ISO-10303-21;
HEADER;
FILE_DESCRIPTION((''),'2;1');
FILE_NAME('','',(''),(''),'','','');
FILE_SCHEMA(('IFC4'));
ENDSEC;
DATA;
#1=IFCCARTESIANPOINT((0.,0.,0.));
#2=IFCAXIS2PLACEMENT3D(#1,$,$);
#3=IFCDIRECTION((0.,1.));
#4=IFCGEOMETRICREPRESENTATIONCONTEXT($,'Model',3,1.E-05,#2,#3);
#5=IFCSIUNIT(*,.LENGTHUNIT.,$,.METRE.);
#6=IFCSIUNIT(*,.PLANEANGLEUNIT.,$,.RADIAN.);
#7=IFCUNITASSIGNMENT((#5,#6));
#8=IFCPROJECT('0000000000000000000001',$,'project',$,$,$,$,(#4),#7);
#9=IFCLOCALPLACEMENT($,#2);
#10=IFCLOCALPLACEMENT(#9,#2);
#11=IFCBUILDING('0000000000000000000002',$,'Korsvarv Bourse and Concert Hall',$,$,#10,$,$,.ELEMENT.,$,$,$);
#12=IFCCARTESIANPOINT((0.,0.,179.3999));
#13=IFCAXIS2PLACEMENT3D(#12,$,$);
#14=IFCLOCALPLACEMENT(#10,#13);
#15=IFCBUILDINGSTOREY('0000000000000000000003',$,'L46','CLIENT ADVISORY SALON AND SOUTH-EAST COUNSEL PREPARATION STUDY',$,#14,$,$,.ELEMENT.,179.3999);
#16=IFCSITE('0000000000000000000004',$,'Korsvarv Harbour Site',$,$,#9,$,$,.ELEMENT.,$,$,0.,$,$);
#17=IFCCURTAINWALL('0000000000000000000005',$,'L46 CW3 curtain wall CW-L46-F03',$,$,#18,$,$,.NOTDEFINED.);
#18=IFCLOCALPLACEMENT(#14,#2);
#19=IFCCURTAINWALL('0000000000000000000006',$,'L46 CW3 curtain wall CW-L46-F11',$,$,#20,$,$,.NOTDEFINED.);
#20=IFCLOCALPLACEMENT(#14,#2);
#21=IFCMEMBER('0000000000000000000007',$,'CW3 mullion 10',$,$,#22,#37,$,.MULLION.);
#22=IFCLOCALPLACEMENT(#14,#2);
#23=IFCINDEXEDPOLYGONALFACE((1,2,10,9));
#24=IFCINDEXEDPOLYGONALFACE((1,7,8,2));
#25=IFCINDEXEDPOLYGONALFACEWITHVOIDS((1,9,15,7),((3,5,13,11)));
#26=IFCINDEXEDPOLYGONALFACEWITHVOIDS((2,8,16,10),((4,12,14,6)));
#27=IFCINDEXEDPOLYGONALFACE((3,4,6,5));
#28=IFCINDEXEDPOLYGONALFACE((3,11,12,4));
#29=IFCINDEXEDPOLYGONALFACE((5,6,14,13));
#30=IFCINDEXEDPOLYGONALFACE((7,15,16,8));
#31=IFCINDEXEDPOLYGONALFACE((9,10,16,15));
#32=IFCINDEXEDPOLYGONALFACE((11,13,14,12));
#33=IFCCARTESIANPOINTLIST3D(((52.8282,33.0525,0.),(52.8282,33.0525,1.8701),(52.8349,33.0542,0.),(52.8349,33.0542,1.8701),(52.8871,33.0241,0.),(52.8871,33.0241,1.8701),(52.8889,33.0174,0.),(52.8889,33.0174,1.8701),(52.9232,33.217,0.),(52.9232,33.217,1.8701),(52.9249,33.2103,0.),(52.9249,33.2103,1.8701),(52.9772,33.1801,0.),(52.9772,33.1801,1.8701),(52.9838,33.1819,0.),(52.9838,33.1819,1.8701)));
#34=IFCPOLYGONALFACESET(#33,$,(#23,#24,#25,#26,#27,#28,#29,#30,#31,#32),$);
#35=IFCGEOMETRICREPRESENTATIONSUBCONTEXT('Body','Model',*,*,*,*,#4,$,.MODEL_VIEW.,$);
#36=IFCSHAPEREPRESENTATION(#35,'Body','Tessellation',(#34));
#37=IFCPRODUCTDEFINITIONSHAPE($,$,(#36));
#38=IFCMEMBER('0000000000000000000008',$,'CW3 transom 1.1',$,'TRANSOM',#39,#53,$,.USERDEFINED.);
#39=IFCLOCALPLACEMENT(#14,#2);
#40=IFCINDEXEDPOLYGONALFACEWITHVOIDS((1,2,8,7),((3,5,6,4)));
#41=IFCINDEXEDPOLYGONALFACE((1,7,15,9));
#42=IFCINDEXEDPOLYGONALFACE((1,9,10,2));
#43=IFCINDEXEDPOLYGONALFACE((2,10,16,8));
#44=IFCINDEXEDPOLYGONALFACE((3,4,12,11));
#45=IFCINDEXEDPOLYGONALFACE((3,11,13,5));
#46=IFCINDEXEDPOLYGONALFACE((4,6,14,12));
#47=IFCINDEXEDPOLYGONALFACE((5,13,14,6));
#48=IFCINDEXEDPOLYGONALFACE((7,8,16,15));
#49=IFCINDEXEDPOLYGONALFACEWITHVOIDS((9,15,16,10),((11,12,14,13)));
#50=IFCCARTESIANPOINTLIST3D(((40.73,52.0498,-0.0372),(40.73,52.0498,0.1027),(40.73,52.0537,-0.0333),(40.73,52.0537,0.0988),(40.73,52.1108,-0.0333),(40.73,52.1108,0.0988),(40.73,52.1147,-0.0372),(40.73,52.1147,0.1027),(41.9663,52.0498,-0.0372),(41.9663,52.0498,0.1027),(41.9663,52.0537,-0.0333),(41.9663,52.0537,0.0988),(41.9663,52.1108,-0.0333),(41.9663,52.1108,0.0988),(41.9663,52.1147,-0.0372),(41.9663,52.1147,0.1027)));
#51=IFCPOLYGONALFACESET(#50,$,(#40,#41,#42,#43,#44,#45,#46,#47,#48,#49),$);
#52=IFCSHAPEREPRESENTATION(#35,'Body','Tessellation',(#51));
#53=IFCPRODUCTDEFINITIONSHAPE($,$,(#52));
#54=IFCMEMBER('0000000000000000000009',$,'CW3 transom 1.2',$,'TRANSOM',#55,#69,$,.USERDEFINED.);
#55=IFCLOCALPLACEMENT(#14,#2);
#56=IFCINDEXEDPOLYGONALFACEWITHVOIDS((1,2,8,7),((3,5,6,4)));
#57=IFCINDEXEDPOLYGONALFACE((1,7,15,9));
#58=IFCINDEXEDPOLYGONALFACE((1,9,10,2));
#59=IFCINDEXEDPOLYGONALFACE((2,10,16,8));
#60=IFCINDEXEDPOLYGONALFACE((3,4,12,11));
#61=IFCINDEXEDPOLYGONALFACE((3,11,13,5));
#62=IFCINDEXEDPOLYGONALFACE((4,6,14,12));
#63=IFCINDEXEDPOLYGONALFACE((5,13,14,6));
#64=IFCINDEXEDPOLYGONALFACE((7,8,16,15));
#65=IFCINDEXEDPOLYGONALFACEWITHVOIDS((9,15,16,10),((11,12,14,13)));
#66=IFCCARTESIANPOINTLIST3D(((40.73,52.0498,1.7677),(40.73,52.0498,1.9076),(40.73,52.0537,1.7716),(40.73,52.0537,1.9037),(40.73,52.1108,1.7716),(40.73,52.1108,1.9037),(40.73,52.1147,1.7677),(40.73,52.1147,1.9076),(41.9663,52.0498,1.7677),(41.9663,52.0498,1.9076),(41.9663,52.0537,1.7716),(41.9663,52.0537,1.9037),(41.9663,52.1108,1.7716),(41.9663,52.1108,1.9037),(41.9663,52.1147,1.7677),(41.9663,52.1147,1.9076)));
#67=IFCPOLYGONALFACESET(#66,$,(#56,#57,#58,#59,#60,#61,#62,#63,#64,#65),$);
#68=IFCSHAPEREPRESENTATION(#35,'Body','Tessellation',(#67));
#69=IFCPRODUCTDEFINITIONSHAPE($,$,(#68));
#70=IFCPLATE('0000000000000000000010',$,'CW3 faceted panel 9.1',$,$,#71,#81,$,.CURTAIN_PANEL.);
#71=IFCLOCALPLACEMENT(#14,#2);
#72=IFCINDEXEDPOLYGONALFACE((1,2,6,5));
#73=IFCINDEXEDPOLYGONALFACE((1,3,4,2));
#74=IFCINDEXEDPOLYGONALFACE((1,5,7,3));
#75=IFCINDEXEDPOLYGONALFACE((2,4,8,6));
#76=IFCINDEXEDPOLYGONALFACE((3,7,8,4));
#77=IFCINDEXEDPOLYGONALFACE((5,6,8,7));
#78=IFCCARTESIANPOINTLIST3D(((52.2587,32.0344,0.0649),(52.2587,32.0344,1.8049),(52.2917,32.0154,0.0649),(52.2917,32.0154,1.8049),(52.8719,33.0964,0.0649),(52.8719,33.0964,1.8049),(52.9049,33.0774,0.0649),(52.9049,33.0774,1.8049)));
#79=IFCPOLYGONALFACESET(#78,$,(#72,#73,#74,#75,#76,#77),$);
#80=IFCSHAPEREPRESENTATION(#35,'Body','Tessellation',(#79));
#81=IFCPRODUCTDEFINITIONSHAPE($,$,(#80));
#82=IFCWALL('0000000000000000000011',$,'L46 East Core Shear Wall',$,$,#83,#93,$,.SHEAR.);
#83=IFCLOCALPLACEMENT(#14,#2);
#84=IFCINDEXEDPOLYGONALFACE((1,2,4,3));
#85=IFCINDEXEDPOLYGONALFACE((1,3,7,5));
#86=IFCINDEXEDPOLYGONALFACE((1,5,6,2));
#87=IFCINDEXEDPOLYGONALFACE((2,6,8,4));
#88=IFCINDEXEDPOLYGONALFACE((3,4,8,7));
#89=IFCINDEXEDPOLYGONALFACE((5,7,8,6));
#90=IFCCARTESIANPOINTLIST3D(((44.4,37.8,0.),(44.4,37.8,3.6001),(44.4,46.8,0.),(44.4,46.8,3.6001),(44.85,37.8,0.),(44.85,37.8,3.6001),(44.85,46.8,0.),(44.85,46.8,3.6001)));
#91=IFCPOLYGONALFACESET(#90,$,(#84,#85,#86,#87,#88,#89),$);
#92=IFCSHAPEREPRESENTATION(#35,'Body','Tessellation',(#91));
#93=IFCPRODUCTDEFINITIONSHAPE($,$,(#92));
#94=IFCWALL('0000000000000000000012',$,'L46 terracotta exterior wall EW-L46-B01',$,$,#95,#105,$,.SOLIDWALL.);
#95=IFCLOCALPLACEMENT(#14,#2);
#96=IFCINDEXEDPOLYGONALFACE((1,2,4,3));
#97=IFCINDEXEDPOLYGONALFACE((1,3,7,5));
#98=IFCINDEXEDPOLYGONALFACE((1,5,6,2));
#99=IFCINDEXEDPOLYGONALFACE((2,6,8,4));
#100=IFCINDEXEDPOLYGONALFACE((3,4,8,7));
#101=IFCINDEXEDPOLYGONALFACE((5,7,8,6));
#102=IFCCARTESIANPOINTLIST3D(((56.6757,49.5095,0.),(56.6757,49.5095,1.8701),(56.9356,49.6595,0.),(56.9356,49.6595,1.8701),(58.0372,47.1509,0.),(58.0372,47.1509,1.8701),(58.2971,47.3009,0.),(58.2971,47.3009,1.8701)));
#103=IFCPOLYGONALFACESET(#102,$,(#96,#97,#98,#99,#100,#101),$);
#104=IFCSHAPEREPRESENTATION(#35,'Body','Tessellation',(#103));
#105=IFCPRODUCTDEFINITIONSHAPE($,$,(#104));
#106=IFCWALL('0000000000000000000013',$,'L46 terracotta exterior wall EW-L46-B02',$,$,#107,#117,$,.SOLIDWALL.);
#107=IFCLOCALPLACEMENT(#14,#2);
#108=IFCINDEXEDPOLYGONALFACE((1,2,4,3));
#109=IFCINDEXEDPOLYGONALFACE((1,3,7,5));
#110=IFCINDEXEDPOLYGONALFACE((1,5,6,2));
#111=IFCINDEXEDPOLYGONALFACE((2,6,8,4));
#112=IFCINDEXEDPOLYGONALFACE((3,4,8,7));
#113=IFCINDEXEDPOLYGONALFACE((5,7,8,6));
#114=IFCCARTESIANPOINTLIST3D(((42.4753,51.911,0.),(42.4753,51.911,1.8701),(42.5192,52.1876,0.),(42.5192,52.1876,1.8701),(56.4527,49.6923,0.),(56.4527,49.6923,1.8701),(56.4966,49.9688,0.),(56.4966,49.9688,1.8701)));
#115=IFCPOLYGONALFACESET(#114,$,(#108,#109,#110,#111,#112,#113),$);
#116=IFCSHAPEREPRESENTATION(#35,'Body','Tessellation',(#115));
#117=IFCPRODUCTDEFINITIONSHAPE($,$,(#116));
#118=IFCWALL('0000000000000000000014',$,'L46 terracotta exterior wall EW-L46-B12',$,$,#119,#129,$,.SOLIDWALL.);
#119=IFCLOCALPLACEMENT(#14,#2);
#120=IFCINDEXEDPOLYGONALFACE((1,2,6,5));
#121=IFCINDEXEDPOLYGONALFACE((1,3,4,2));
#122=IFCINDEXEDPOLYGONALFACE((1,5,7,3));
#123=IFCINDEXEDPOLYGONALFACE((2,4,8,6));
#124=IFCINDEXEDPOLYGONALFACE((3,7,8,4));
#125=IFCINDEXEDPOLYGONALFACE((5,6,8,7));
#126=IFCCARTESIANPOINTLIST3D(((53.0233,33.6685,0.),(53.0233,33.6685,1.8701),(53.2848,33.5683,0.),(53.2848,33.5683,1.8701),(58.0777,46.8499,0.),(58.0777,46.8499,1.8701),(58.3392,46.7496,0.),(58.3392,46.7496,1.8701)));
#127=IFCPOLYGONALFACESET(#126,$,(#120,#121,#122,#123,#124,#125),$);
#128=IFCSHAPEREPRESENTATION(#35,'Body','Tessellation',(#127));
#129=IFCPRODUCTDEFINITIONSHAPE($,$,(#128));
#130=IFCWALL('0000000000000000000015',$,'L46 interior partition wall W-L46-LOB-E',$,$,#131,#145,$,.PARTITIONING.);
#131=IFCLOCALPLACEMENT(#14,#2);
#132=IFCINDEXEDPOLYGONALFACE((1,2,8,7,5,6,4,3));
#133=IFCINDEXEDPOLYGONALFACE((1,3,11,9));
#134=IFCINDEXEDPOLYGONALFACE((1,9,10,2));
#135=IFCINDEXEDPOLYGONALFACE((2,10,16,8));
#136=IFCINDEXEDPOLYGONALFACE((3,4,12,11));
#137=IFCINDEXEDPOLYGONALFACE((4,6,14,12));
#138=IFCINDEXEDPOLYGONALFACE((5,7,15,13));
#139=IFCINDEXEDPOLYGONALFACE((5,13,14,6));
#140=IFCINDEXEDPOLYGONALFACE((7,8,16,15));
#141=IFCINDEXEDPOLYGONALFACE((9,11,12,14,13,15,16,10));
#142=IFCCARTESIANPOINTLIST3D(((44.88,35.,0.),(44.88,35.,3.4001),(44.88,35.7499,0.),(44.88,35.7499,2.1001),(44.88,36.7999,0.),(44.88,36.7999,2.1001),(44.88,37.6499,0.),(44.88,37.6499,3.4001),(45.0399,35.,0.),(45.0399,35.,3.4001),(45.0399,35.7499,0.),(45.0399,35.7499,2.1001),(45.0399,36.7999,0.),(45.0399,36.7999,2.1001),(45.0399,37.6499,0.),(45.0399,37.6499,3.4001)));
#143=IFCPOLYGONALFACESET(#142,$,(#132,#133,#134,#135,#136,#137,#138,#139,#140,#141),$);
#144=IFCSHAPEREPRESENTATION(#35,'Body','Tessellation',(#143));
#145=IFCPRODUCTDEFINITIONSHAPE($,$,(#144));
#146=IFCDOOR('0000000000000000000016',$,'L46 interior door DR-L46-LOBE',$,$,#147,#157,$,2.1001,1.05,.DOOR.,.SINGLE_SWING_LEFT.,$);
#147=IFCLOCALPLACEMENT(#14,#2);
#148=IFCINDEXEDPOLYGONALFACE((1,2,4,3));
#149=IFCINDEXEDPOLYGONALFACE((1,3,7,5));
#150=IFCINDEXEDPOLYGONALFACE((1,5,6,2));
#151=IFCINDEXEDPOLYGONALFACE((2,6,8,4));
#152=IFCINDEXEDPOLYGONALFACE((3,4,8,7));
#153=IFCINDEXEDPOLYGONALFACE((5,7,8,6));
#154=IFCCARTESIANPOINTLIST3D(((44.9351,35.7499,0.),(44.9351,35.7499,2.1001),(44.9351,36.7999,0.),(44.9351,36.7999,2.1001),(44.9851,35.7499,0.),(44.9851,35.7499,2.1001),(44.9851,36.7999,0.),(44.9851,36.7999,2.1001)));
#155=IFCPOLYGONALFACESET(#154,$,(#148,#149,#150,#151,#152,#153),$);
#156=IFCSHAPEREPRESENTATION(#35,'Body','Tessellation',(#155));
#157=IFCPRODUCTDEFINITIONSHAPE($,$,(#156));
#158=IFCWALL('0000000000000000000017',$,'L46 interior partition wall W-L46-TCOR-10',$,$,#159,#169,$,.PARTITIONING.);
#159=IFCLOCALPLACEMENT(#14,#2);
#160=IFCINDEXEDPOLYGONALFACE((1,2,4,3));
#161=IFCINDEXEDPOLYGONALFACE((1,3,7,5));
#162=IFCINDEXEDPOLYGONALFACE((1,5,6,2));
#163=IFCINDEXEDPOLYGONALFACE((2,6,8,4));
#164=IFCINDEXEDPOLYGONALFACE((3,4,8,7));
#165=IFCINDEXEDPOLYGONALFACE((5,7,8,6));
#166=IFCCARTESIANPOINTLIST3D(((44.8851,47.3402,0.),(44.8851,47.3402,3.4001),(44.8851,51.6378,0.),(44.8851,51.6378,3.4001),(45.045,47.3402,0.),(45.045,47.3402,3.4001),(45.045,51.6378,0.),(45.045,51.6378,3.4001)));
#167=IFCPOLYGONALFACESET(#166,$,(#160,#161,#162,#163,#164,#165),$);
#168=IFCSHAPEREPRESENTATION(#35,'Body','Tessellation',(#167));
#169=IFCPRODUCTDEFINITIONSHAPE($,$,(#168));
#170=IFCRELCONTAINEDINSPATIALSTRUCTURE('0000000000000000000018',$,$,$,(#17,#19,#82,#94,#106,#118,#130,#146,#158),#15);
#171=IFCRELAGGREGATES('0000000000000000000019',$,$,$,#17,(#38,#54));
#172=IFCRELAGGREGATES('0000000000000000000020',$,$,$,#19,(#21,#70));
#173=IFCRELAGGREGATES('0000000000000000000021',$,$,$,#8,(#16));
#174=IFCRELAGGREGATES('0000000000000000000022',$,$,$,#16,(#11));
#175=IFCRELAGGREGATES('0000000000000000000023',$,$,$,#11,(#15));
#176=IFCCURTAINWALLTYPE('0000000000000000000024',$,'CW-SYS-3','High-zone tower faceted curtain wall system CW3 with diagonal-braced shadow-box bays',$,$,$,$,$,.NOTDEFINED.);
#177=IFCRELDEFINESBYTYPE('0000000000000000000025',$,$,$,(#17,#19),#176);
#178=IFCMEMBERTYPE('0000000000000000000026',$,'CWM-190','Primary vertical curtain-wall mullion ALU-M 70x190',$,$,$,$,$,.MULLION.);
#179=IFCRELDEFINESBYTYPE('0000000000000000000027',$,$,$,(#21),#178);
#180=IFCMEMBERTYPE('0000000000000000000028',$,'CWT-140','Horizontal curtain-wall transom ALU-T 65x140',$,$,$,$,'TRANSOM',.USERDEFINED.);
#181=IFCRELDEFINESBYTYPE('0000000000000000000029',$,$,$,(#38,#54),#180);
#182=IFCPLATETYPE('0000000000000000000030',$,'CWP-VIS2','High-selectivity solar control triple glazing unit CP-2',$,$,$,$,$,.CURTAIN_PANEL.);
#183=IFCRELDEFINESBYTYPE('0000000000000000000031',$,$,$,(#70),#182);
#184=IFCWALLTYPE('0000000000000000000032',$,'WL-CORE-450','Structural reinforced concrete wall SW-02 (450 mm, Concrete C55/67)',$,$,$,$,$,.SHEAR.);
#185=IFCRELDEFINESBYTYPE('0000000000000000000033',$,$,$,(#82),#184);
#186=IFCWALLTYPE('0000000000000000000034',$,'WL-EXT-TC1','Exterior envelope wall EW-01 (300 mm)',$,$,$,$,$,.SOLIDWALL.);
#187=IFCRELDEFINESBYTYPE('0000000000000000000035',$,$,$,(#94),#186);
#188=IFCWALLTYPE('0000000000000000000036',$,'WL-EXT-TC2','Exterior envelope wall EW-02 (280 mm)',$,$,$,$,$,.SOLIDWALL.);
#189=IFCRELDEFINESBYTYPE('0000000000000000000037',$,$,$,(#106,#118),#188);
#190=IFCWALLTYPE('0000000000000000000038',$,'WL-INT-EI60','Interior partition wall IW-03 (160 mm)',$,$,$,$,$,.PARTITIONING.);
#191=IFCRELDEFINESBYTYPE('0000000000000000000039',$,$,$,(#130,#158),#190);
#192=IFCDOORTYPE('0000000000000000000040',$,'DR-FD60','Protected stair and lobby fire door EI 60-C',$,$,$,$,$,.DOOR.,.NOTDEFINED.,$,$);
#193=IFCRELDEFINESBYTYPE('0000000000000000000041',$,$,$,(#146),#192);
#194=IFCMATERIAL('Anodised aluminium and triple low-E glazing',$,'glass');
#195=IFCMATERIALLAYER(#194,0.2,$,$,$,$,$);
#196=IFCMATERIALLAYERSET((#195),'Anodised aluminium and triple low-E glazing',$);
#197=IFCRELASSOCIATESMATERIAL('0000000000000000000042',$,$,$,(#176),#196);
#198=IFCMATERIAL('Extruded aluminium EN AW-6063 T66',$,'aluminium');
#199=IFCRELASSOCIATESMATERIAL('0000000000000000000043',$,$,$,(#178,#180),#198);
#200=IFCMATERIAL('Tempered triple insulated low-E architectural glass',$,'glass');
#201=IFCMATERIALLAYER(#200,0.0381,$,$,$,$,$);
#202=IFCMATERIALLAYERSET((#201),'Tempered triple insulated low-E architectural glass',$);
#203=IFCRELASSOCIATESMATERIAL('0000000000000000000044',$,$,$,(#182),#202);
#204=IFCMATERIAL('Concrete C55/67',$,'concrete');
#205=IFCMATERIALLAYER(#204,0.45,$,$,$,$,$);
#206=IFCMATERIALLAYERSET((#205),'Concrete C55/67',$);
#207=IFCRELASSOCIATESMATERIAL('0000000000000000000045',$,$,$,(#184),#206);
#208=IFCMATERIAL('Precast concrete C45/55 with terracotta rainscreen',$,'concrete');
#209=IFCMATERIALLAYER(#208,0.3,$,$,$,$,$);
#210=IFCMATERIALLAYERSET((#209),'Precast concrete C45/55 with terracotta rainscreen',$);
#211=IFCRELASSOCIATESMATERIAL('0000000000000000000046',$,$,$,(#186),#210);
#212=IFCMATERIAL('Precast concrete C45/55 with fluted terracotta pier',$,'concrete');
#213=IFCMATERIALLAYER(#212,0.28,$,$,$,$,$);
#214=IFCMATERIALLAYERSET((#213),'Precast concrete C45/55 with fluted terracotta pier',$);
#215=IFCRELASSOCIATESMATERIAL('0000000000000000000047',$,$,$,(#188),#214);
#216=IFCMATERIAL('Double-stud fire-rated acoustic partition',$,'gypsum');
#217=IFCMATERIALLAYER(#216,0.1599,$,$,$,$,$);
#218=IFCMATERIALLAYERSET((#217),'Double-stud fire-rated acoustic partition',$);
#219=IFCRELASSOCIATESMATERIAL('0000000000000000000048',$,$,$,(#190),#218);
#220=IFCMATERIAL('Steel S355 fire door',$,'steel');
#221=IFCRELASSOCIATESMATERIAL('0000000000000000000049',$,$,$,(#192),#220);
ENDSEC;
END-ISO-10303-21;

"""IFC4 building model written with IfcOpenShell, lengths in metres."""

from ifc_helpers import new_model, si_unit, direction, frame, frame_2d, origin, origin_2d, place, context, subcontext, project, spatial, rectangle, hollow_rectangle, extrude, source, transform, mapped, material, layer, layer_set, material_profile, profile_set, type_object, element, fill, aggregate, save


model = new_model("IFC4")

# Units and contexts
model_context = context("Model", 3, precision=1e-05, world=origin(), true_north=direction((0.0, 1.0)))
body_context = subcontext(model_context, "Body", "Model", "MODEL_VIEW")
ifc_project = project(units=[si_unit("LENGTHUNIT", "METRE"), si_unit("PLANEANGLEUNIT", "RADIAN")], contexts=[model_context])

# Site, building, storey
site_placement = place(None, origin())
site = spatial("IfcSite", under=ifc_project, at=site_placement, Name="Korsvarv Harbour Site", CompositionType="ELEMENT", RefElevation=0.0)
building_placement = place(site_placement, origin())
building = spatial("IfcBuilding", under=site, at=building_placement, Name="Korsvarv Bourse and Concert Hall", CompositionType="ELEMENT")
storey_placement = place(building_placement, frame((0.0, 0.0, 179.3999)))
storey = spatial("IfcBuildingStorey", under=building, at=storey_placement, Name="L46", Description="CLIENT ADVISORY SALON AND SOUTH-EAST COUNSEL PREPARATION STUDY", CompositionType="ELEMENT", Elevation=179.3999)

# Shared definitions
ifc_material_1 = material(Name="Concrete C55/67", Category="concrete")

# Curtain walls, member
ifc_material_2 = material(Name="Anodised aluminium and triple low-E glazing", Category="glass")
ifc_layer_1 = layer(ifc_material_2, 0.2)
ifc_layer_set_1 = layer_set([ifc_layer_1], Name="Anodised aluminium and triple low-E glazing")
curtain_wall_type = type_object("IfcCurtainWallType", Name="CW-SYS-3", Description="High-zone tower faceted curtain wall system CW3 with diagonal-braced shadow-box bays", PredefinedType="NOTDEFINED", material=ifc_layer_set_1)
curtain_wall_1_placement = place(storey_placement, origin())
curtain_wall_1 = element("IfcCurtainWall", 1, at=curtain_wall_1_placement, inside=storey, type_object=curtain_wall_type, Name="L46 CW3 curtain wall CW-L46-F03", PredefinedType="NOTDEFINED")
ifc_material_3 = material(Name="Extruded aluminium EN AW-6063 T66", Category="aluminium")
ifc_material_profile_1 = material_profile(ifc_material_3, hollow_rectangle(XDim=0.0701, YDim=0.1899, WallThickness=0.0049, at=origin_2d()), Name="ALU-M 70x190")
ifc_profile_set_1 = profile_set([ifc_material_profile_1], Name="Extruded aluminium EN AW-6063 T66")
member_type_1 = type_object("IfcMemberType", Name="CWM-190", Description="Primary vertical curtain-wall mullion ALU-M 70x190", PredefinedType="MULLION", material=ifc_profile_set_1)
shared_shape_1 = source(origin(), body_context, "Body", "SweptSolid", [
    extrude(hollow_rectangle(XDim=0.0701, YDim=0.1899, WallThickness=0.0049, at=origin_2d()), origin(), (0.0, 0.0, 1.0), 1.8701),
])
curtain_wall_2_placement = place(storey_placement, origin())
curtain_wall_2 = element("IfcCurtainWall", 2, at=curtain_wall_2_placement, inside=storey, type_object=curtain_wall_type, Name="L46 CW3 curtain wall CW-L46-F11", PredefinedType="NOTDEFINED")
member_1_placement = place(storey_placement, frame((52.906, 33.1172, 0.0), z_axis=(0.0, 0.0, 1.0), x_axis=(-0.866029, 0.499994, 0.0)))
member_1 = element("IfcMember", 3, at=member_1_placement, type_object=member_type_1, Name="CW3 mullion 10", PredefinedType="MULLION", context=body_context, shape_type="MappedRepresentation", body=[
    mapped(shared_shape_1, transform((0.0, 0.0, 0.0), scale=1.0)),
])

# Members
ifc_material_profile_2 = material_profile(ifc_material_3, hollow_rectangle(XDim=0.0649, YDim=0.1399, WallThickness=0.0039, at=origin_2d()), Name="ALU-T 65x140")
ifc_profile_set_2 = profile_set([ifc_material_profile_2], Name="Extruded aluminium EN AW-6063 T66")
member_type_2 = type_object("IfcMemberType", Name="CWT-140", Description="Horizontal curtain-wall transom ALU-T 65x140", ElementType="TRANSOM", PredefinedType="USERDEFINED", material=ifc_profile_set_2)
shared_shape_2 = source(origin(), body_context, "Body", "SweptSolid", [
    extrude(hollow_rectangle(XDim=0.0649, YDim=0.1399, WallThickness=0.0039, at=origin_2d()), origin(), (0.0, 0.0, 1.0), 1.2363),
])
member_2_placement = place(storey_placement, frame((41.9663, 52.0823, 0.0327), z_axis=(-1.0, 0.0, 0.0), x_axis=(0.0, -1.0, 0.0)))
member_2 = element("IfcMember", 4, at=member_2_placement, type_object=member_type_2, Name="CW3 transom 1.1", ObjectType="TRANSOM", PredefinedType="USERDEFINED", context=body_context, shape_type="MappedRepresentation", body=[
    mapped(shared_shape_2, transform((0.0, 0.0, 0.0), scale=1.0)),
])
member_3_placement = place(storey_placement, frame((41.9663, 52.0823, 1.8376), z_axis=(-1.0, 0.0, 0.0), x_axis=(0.0, -1.0, 0.0)))
member_3 = element("IfcMember", 5, at=member_3_placement, type_object=member_type_2, Name="CW3 transom 1.2", ObjectType="TRANSOM", PredefinedType="USERDEFINED", context=body_context, shape_type="MappedRepresentation", body=[
    mapped(shared_shape_2, transform((0.0, 0.0, 0.0), scale=1.0)),
])
aggregate(curtain_wall_1, [member_2, member_3])

# Plate
ifc_material_4 = material(Name="Tempered triple insulated low-E architectural glass", Category="glass")
ifc_layer_2 = layer(ifc_material_4, 0.0381)
ifc_layer_set_2 = layer_set([ifc_layer_2], Name="Tempered triple insulated low-E architectural glass")
plate_type = type_object("IfcPlateType", Name="CWP-VIS2", Description="High-selectivity solar control triple glazing unit CP-2", PredefinedType="CURTAIN_PANEL", material=ifc_layer_set_2)
shared_shape_3 = source(origin(), body_context, "Body", "SweptSolid", [
    extrude(rectangle(XDim=1.2263, YDim=0.0381, at=origin_2d()), origin(), (0.0, 0.0, 1.0), 1.74),
])
plate_placement = place(storey_placement, frame((52.5818, 32.5559, 0.0649), z_axis=(0.0, 0.0, 1.0), x_axis=(0.499994, 0.866029, 0.0)))
plate = element("IfcPlate", 6, at=plate_placement, type_object=plate_type, Name="CW3 faceted panel 9.1", PredefinedType="CURTAIN_PANEL", context=body_context, shape_type="MappedRepresentation", body=[
    mapped(shared_shape_3, transform((0.0, 0.0, 0.0), scale=1.0)),
])
aggregate(curtain_wall_2, [member_1, plate])

# Walls
ifc_layer_3 = layer(ifc_material_1, 0.45)
ifc_layer_set_3 = layer_set([ifc_layer_3], Name="Concrete C55/67")
wall_type_1 = type_object("IfcWallType", Name="WL-CORE-450", Description="Structural reinforced concrete wall SW-02 (450 mm, Concrete C55/67)", PredefinedType="SHEAR", material=ifc_layer_set_3)
wall_1_placement = place(storey_placement, frame((44.625, 37.8, 0.0), z_axis=(0.0, 0.0, 1.0), x_axis=(0.0, 1.0, 0.0)))
element("IfcWall", 7, at=wall_1_placement, inside=storey, type_object=wall_type_1, Name="L46 East Core Shear Wall", PredefinedType="SHEAR", context=body_context, shape_type="SweptSolid", body=[
    extrude(rectangle(XDim=9.0, YDim=0.45, at=frame_2d((4.5, 0.0))), origin(), (0.0, 0.0, 1.0), 3.6001),
])
ifc_material_5 = material(Name="Precast concrete C45/55 with terracotta rainscreen", Category="concrete")
ifc_layer_4 = layer(ifc_material_5, 0.3)
ifc_layer_set_4 = layer_set([ifc_layer_4], Name="Precast concrete C45/55 with terracotta rainscreen")
wall_type_2 = type_object("IfcWallType", Name="WL-EXT-TC1", Description="Exterior envelope wall EW-01 (300 mm)", PredefinedType="SOLIDWALL", material=ifc_layer_set_4)
wall_2_placement = place(storey_placement, frame((58.1672, 47.2258, 0.0), z_axis=(0.0, 0.0, 1.0), x_axis=(-0.499947, 0.866056, 0.0)))
element("IfcWall", 8, at=wall_2_placement, inside=storey, type_object=wall_type_2, Name="L46 terracotta exterior wall EW-L46-B01", PredefinedType="SOLIDWALL", context=body_context, shape_type="SweptSolid", body=[
    extrude(rectangle(XDim=2.7234, YDim=0.3, at=frame_2d((1.3618, 0.0))), origin(), (0.0, 0.0, 1.0), 1.8701),
])
ifc_material_6 = material(Name="Precast concrete C45/55 with fluted terracotta pier", Category="concrete")
ifc_layer_5 = layer(ifc_material_6, 0.28)
ifc_layer_set_5 = layer_set([ifc_layer_5], Name="Precast concrete C45/55 with fluted terracotta pier")
wall_type_3 = type_object("IfcWallType", Name="WL-EXT-TC2", Description="Exterior envelope wall EW-02 (280 mm)", PredefinedType="SOLIDWALL", material=ifc_layer_set_5)
wall_3_placement = place(storey_placement, frame((56.4746, 49.8306, 0.0), z_axis=(0.0, 0.0, 1.0), x_axis=(-0.987634, 0.156777, 0.0)))
element("IfcWall", 9, at=wall_3_placement, inside=storey, type_object=wall_type_3, Name="L46 terracotta exterior wall EW-L46-B02", PredefinedType="SOLIDWALL", context=body_context, shape_type="SweptSolid", body=[
    extrude(rectangle(XDim=14.1523, YDim=0.28, at=frame_2d((7.0762, 0.0))), origin(), (0.0, 0.0, 1.0), 1.8701),
])
wall_4_placement = place(storey_placement, frame((53.1541, 33.6184, 0.0), z_axis=(0.0, 0.0, 1.0), x_axis=(0.358033, 0.933709, 0.0)))
element("IfcWall", 10, at=wall_4_placement, inside=storey, type_object=wall_type_3, Name="L46 terracotta exterior wall EW-L46-B12", PredefinedType="SOLIDWALL", context=body_context, shape_type="SweptSolid", body=[
    extrude(rectangle(XDim=14.1172, YDim=0.28, at=frame_2d((7.0586, 0.0))), origin(), (0.0, 0.0, 1.0), 1.8701),
])

# Wall, opening, door
ifc_material_7 = material(Name="Double-stud fire-rated acoustic partition", Category="gypsum")
ifc_layer_6 = layer(ifc_material_7, 0.1599)
ifc_layer_set_6 = layer_set([ifc_layer_6], Name="Double-stud fire-rated acoustic partition")
wall_type_4 = type_object("IfcWallType", Name="WL-INT-EI60", Description="Interior partition wall IW-03 (160 mm)", PredefinedType="PARTITIONING", material=ifc_layer_set_6)
wall_5_placement = place(storey_placement, frame((44.96, 35.0, 0.0), z_axis=(0.0, 0.0, 1.0), x_axis=(0.0, 1.0, 0.0)))
wall_5 = element("IfcWall", 11, at=wall_5_placement, inside=storey, type_object=wall_type_4, Name="L46 interior partition wall W-L46-LOB-E", PredefinedType="PARTITIONING", context=body_context, shape_type="SweptSolid", body=[
    extrude(rectangle(XDim=2.6499, YDim=0.1599, at=frame_2d((1.325, 0.0))), origin(), (0.0, 0.0, 1.0), 3.4001),
])
opening_placement = place(wall_5_placement, frame((0.75, 0.0, 0.0)))
opening = element("IfcOpeningElement", 12, at=opening_placement, cuts=wall_5, PredefinedType="OPENING", context=body_context, shape_type="SweptSolid", body=[
    extrude(rectangle(XDim=1.05, YDim=2.1001, at=frame_2d((0.5249, 1.05))), frame((0.0, 0.0898, 0.0), z_axis=(0.0, -1.0, 0.0), x_axis=(1.0, 0.0, 0.0)), (0.0, 0.0, 1.0), 0.1799),
])
ifc_material_8 = material(Name="Steel S355 fire door", Category="steel")
door_type = type_object("IfcDoorType", Name="DR-FD60", Description="Protected stair and lobby fire door EI 60-C", OperationType="NOTDEFINED", PredefinedType="DOOR", material=ifc_material_8)
door_placement = place(opening_placement, origin())
door = element("IfcDoor", 13, at=door_placement, inside=storey, type_object=door_type, Name="L46 interior door DR-L46-LOBE", OperationType="SINGLE_SWING_LEFT", OverallHeight=2.1001, OverallWidth=1.05, PredefinedType="DOOR", context=body_context, shape_type="SweptSolid", body=[
    extrude(rectangle(XDim=1.05, YDim=2.1001, at=frame_2d((0.5249, 1.05))), frame((0.0, 0.0249, 0.0), z_axis=(0.0, -1.0, 0.0), x_axis=(1.0, 0.0, 0.0)), (0.0, 0.0, 1.0), 0.05),
])
fill(opening, door)

# Wall
wall_6_placement = place(storey_placement, frame((44.9651, 47.3401, 0.0), z_axis=(0.0, 0.0, 1.0), x_axis=(0.0, 1.0, 0.0)))
element("IfcWall", 14, at=wall_6_placement, inside=storey, type_object=wall_type_4, Name="L46 interior partition wall W-L46-TCOR-10", PredefinedType="PARTITIONING", context=body_context, shape_type="SweptSolid", body=[
    extrude(rectangle(XDim=4.2976, YDim=0.1599, at=frame_2d((2.1489, 0.0))), origin(), (0.0, 0.0, 1.0), 3.4001),
])

save(model, "model.ifc")
